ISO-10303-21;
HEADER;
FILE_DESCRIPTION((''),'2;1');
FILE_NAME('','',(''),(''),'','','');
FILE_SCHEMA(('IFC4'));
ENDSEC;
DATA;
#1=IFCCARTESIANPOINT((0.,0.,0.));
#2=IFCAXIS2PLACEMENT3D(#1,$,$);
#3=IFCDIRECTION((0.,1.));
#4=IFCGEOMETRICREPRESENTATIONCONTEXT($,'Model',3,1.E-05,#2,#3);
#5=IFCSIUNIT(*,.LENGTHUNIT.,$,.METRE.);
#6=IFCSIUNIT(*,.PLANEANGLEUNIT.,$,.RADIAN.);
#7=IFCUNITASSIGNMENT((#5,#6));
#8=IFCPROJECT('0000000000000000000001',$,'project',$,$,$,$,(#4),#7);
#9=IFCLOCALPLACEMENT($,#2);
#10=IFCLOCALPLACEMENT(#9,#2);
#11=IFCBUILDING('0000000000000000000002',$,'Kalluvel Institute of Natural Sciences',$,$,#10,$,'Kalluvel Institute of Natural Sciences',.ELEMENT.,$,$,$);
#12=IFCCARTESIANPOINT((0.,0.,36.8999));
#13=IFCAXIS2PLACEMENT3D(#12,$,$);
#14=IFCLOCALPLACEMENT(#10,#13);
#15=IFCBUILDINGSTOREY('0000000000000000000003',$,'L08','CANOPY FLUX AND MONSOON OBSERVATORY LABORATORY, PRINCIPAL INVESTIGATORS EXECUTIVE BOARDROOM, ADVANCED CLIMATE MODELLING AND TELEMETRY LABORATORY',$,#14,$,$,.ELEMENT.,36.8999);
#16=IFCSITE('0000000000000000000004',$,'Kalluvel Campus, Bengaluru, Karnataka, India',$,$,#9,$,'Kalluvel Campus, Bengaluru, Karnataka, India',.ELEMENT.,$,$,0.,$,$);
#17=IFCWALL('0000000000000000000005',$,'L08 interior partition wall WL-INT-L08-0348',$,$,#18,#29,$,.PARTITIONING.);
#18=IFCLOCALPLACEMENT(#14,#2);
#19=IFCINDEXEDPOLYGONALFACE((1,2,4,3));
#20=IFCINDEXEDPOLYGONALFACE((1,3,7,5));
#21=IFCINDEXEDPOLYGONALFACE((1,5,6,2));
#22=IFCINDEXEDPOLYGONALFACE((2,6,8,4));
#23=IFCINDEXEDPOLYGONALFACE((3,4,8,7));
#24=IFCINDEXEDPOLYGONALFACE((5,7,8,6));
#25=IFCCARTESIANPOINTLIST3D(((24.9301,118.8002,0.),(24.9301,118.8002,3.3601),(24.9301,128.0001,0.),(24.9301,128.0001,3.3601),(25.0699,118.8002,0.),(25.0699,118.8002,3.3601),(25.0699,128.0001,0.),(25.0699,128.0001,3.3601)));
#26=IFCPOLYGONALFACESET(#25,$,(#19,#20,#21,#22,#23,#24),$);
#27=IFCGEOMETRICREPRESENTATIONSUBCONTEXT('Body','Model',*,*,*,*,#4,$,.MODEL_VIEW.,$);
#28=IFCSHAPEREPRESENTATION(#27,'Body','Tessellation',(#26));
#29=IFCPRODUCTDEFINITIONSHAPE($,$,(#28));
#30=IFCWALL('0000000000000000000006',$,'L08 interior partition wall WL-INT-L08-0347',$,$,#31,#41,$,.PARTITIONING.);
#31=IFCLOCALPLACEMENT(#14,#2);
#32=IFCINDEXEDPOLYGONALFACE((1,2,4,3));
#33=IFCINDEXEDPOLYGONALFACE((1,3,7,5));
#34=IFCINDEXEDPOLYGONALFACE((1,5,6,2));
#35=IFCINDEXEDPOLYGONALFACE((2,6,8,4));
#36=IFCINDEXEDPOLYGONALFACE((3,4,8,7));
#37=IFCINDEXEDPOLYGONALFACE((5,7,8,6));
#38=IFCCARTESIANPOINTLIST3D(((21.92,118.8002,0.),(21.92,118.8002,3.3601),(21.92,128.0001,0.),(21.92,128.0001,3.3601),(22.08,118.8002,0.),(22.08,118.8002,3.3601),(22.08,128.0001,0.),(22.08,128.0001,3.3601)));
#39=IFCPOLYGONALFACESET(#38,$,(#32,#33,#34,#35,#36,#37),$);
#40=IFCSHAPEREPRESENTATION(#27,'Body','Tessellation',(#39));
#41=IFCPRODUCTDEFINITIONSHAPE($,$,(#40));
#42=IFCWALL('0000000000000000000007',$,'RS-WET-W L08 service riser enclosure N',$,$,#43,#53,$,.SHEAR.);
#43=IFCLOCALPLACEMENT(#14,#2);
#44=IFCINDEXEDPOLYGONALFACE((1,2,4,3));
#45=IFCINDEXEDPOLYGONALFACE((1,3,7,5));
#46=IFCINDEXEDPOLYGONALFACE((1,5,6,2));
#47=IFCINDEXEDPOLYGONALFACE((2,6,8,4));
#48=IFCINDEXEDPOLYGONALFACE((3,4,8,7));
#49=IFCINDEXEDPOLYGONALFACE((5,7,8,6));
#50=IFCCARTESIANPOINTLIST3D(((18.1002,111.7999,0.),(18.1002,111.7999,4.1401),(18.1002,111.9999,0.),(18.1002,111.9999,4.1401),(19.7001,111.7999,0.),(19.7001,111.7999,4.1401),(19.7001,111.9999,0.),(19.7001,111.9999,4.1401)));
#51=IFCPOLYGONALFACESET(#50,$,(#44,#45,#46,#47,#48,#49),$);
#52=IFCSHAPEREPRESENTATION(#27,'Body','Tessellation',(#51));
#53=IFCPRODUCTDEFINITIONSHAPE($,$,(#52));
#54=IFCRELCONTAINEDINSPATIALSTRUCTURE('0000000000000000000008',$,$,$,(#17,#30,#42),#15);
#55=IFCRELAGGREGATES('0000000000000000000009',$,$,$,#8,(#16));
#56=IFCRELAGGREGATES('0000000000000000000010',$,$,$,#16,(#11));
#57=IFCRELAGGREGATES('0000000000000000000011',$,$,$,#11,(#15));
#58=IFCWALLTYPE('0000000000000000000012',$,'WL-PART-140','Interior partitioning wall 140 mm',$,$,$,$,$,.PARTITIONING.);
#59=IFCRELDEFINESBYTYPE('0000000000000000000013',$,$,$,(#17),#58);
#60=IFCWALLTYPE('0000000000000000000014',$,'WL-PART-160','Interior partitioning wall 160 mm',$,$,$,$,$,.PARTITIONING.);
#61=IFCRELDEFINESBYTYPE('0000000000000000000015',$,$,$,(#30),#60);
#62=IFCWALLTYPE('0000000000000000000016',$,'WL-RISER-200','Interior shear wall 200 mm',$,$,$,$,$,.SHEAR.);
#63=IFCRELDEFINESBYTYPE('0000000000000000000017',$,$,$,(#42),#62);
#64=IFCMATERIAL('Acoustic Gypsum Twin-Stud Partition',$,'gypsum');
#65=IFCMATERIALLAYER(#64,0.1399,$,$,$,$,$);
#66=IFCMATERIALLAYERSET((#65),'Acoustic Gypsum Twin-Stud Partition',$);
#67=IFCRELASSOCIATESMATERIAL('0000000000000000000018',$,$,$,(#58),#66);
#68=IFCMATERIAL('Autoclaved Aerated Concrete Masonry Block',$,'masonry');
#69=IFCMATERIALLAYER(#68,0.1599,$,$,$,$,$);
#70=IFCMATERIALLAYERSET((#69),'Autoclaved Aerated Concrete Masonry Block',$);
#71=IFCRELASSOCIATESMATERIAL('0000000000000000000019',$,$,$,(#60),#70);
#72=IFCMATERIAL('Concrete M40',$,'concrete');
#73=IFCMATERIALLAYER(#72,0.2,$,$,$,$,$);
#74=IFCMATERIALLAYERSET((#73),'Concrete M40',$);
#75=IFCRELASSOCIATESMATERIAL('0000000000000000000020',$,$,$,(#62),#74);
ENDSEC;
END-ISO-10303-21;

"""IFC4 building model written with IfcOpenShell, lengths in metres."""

from ifc_helpers import new_model, si_unit, direction, frame, frame_2d, origin, place, context, subcontext, project, spatial, rectangle, extrude, material, layer, layer_set, type_object, element, save


model = new_model("IFC4")

# Units and contexts
model_context = context("Model", 3, precision=1e-05, world=origin(), true_north=direction((0.0, 1.0)))
body_context = subcontext(model_context, "Body", "Model", "MODEL_VIEW")
ifc_project = project(units=[si_unit("LENGTHUNIT", "METRE"), si_unit("PLANEANGLEUNIT", "RADIAN")], contexts=[model_context])

# Site, building, storey
site_placement = place(None, origin())
site = spatial("IfcSite", under=ifc_project, at=site_placement, Name="Kalluvel Campus, Bengaluru, Karnataka, India", LongName="Kalluvel Campus, Bengaluru, Karnataka, India", CompositionType="ELEMENT", RefElevation=0.0)
building_placement = place(site_placement, origin())
building = spatial("IfcBuilding", under=site, at=building_placement, Name="Kalluvel Institute of Natural Sciences", LongName="Kalluvel Institute of Natural Sciences", CompositionType="ELEMENT")
storey_placement = place(building_placement, frame((0.0, 0.0, 36.8999)))
storey = spatial("IfcBuildingStorey", under=building, at=storey_placement, Name="L08", Description="CANOPY FLUX AND MONSOON OBSERVATORY LABORATORY, PRINCIPAL INVESTIGATORS EXECUTIVE BOARDROOM, ADVANCED CLIMATE MODELLING AND TELEMETRY LABORATORY", CompositionType="ELEMENT", Elevation=36.8999)

# Shared definitions
ifc_material_1 = material(Name="Concrete M40", Category="concrete")

# Walls
ifc_material_2 = material(Name="Acoustic Gypsum Twin-Stud Partition", Category="gypsum")
ifc_layer_1 = layer(ifc_material_2, 0.1399)
ifc_layer_set_1 = layer_set([ifc_layer_1], Name="Acoustic Gypsum Twin-Stud Partition")
wall_type_1 = type_object("IfcWallType", Name="WL-PART-140", Description="Interior partitioning wall 140 mm", PredefinedType="PARTITIONING", material=ifc_layer_set_1)
wall_1_placement = place(storey_placement, frame((25.0, 118.8, 0.0), z_axis=(0.0, 0.0, 1.0), x_axis=(0.0, 1.0, 0.0)))
element("IfcWall", 1, at=wall_1_placement, inside=storey, type_object=wall_type_1, Name="L08 interior partition wall WL-INT-L08-0348", PredefinedType="PARTITIONING", context=body_context, shape_type="SweptSolid", body=[
    extrude(rectangle(XDim=9.2, YDim=0.1399, at=frame_2d((4.6001, 0.0))), origin(), (0.0, 0.0, 1.0), 3.3601),
])
ifc_material_3 = material(Name="Autoclaved Aerated Concrete Masonry Block", Category="masonry")
ifc_layer_2 = layer(ifc_material_3, 0.1599)
ifc_layer_set_2 = layer_set([ifc_layer_2], Name="Autoclaved Aerated Concrete Masonry Block")
wall_type_2 = type_object("IfcWallType", Name="WL-PART-160", Description="Interior partitioning wall 160 mm", PredefinedType="PARTITIONING", material=ifc_layer_set_2)
wall_2_placement = place(storey_placement, frame((22.0, 118.8, 0.0), z_axis=(0.0, 0.0, 1.0), x_axis=(0.0, 1.0, 0.0)))
element("IfcWall", 2, at=wall_2_placement, inside=storey, type_object=wall_type_2, Name="L08 interior partition wall WL-INT-L08-0347", PredefinedType="PARTITIONING", context=body_context, shape_type="SweptSolid", body=[
    extrude(rectangle(XDim=9.2, YDim=0.1599, at=frame_2d((4.6001, 0.0))), origin(), (0.0, 0.0, 1.0), 3.3601),
])
ifc_layer_3 = layer(ifc_material_1, 0.2)
ifc_layer_set_3 = layer_set([ifc_layer_3], Name="Concrete M40")
wall_type_3 = type_object("IfcWallType", Name="WL-RISER-200", Description="Interior shear wall 200 mm", PredefinedType="SHEAR", material=ifc_layer_set_3)
wall_3_placement = place(storey_placement, frame((19.7, 111.8999, 0.0), z_axis=(0.0, 0.0, 1.0), x_axis=(-1.0, 0.0, 0.0)))
element("IfcWall", 3, at=wall_3_placement, inside=storey, type_object=wall_type_3, Name="RS-WET-W L08 service riser enclosure N", PredefinedType="SHEAR", context=body_context, shape_type="SweptSolid", body=[
    extrude(rectangle(XDim=1.5999, YDim=0.2, at=frame_2d((0.7998, 0.0))), origin(), (0.0, 0.0, 1.0), 4.1401),
])

save(model, "model.ifc")
